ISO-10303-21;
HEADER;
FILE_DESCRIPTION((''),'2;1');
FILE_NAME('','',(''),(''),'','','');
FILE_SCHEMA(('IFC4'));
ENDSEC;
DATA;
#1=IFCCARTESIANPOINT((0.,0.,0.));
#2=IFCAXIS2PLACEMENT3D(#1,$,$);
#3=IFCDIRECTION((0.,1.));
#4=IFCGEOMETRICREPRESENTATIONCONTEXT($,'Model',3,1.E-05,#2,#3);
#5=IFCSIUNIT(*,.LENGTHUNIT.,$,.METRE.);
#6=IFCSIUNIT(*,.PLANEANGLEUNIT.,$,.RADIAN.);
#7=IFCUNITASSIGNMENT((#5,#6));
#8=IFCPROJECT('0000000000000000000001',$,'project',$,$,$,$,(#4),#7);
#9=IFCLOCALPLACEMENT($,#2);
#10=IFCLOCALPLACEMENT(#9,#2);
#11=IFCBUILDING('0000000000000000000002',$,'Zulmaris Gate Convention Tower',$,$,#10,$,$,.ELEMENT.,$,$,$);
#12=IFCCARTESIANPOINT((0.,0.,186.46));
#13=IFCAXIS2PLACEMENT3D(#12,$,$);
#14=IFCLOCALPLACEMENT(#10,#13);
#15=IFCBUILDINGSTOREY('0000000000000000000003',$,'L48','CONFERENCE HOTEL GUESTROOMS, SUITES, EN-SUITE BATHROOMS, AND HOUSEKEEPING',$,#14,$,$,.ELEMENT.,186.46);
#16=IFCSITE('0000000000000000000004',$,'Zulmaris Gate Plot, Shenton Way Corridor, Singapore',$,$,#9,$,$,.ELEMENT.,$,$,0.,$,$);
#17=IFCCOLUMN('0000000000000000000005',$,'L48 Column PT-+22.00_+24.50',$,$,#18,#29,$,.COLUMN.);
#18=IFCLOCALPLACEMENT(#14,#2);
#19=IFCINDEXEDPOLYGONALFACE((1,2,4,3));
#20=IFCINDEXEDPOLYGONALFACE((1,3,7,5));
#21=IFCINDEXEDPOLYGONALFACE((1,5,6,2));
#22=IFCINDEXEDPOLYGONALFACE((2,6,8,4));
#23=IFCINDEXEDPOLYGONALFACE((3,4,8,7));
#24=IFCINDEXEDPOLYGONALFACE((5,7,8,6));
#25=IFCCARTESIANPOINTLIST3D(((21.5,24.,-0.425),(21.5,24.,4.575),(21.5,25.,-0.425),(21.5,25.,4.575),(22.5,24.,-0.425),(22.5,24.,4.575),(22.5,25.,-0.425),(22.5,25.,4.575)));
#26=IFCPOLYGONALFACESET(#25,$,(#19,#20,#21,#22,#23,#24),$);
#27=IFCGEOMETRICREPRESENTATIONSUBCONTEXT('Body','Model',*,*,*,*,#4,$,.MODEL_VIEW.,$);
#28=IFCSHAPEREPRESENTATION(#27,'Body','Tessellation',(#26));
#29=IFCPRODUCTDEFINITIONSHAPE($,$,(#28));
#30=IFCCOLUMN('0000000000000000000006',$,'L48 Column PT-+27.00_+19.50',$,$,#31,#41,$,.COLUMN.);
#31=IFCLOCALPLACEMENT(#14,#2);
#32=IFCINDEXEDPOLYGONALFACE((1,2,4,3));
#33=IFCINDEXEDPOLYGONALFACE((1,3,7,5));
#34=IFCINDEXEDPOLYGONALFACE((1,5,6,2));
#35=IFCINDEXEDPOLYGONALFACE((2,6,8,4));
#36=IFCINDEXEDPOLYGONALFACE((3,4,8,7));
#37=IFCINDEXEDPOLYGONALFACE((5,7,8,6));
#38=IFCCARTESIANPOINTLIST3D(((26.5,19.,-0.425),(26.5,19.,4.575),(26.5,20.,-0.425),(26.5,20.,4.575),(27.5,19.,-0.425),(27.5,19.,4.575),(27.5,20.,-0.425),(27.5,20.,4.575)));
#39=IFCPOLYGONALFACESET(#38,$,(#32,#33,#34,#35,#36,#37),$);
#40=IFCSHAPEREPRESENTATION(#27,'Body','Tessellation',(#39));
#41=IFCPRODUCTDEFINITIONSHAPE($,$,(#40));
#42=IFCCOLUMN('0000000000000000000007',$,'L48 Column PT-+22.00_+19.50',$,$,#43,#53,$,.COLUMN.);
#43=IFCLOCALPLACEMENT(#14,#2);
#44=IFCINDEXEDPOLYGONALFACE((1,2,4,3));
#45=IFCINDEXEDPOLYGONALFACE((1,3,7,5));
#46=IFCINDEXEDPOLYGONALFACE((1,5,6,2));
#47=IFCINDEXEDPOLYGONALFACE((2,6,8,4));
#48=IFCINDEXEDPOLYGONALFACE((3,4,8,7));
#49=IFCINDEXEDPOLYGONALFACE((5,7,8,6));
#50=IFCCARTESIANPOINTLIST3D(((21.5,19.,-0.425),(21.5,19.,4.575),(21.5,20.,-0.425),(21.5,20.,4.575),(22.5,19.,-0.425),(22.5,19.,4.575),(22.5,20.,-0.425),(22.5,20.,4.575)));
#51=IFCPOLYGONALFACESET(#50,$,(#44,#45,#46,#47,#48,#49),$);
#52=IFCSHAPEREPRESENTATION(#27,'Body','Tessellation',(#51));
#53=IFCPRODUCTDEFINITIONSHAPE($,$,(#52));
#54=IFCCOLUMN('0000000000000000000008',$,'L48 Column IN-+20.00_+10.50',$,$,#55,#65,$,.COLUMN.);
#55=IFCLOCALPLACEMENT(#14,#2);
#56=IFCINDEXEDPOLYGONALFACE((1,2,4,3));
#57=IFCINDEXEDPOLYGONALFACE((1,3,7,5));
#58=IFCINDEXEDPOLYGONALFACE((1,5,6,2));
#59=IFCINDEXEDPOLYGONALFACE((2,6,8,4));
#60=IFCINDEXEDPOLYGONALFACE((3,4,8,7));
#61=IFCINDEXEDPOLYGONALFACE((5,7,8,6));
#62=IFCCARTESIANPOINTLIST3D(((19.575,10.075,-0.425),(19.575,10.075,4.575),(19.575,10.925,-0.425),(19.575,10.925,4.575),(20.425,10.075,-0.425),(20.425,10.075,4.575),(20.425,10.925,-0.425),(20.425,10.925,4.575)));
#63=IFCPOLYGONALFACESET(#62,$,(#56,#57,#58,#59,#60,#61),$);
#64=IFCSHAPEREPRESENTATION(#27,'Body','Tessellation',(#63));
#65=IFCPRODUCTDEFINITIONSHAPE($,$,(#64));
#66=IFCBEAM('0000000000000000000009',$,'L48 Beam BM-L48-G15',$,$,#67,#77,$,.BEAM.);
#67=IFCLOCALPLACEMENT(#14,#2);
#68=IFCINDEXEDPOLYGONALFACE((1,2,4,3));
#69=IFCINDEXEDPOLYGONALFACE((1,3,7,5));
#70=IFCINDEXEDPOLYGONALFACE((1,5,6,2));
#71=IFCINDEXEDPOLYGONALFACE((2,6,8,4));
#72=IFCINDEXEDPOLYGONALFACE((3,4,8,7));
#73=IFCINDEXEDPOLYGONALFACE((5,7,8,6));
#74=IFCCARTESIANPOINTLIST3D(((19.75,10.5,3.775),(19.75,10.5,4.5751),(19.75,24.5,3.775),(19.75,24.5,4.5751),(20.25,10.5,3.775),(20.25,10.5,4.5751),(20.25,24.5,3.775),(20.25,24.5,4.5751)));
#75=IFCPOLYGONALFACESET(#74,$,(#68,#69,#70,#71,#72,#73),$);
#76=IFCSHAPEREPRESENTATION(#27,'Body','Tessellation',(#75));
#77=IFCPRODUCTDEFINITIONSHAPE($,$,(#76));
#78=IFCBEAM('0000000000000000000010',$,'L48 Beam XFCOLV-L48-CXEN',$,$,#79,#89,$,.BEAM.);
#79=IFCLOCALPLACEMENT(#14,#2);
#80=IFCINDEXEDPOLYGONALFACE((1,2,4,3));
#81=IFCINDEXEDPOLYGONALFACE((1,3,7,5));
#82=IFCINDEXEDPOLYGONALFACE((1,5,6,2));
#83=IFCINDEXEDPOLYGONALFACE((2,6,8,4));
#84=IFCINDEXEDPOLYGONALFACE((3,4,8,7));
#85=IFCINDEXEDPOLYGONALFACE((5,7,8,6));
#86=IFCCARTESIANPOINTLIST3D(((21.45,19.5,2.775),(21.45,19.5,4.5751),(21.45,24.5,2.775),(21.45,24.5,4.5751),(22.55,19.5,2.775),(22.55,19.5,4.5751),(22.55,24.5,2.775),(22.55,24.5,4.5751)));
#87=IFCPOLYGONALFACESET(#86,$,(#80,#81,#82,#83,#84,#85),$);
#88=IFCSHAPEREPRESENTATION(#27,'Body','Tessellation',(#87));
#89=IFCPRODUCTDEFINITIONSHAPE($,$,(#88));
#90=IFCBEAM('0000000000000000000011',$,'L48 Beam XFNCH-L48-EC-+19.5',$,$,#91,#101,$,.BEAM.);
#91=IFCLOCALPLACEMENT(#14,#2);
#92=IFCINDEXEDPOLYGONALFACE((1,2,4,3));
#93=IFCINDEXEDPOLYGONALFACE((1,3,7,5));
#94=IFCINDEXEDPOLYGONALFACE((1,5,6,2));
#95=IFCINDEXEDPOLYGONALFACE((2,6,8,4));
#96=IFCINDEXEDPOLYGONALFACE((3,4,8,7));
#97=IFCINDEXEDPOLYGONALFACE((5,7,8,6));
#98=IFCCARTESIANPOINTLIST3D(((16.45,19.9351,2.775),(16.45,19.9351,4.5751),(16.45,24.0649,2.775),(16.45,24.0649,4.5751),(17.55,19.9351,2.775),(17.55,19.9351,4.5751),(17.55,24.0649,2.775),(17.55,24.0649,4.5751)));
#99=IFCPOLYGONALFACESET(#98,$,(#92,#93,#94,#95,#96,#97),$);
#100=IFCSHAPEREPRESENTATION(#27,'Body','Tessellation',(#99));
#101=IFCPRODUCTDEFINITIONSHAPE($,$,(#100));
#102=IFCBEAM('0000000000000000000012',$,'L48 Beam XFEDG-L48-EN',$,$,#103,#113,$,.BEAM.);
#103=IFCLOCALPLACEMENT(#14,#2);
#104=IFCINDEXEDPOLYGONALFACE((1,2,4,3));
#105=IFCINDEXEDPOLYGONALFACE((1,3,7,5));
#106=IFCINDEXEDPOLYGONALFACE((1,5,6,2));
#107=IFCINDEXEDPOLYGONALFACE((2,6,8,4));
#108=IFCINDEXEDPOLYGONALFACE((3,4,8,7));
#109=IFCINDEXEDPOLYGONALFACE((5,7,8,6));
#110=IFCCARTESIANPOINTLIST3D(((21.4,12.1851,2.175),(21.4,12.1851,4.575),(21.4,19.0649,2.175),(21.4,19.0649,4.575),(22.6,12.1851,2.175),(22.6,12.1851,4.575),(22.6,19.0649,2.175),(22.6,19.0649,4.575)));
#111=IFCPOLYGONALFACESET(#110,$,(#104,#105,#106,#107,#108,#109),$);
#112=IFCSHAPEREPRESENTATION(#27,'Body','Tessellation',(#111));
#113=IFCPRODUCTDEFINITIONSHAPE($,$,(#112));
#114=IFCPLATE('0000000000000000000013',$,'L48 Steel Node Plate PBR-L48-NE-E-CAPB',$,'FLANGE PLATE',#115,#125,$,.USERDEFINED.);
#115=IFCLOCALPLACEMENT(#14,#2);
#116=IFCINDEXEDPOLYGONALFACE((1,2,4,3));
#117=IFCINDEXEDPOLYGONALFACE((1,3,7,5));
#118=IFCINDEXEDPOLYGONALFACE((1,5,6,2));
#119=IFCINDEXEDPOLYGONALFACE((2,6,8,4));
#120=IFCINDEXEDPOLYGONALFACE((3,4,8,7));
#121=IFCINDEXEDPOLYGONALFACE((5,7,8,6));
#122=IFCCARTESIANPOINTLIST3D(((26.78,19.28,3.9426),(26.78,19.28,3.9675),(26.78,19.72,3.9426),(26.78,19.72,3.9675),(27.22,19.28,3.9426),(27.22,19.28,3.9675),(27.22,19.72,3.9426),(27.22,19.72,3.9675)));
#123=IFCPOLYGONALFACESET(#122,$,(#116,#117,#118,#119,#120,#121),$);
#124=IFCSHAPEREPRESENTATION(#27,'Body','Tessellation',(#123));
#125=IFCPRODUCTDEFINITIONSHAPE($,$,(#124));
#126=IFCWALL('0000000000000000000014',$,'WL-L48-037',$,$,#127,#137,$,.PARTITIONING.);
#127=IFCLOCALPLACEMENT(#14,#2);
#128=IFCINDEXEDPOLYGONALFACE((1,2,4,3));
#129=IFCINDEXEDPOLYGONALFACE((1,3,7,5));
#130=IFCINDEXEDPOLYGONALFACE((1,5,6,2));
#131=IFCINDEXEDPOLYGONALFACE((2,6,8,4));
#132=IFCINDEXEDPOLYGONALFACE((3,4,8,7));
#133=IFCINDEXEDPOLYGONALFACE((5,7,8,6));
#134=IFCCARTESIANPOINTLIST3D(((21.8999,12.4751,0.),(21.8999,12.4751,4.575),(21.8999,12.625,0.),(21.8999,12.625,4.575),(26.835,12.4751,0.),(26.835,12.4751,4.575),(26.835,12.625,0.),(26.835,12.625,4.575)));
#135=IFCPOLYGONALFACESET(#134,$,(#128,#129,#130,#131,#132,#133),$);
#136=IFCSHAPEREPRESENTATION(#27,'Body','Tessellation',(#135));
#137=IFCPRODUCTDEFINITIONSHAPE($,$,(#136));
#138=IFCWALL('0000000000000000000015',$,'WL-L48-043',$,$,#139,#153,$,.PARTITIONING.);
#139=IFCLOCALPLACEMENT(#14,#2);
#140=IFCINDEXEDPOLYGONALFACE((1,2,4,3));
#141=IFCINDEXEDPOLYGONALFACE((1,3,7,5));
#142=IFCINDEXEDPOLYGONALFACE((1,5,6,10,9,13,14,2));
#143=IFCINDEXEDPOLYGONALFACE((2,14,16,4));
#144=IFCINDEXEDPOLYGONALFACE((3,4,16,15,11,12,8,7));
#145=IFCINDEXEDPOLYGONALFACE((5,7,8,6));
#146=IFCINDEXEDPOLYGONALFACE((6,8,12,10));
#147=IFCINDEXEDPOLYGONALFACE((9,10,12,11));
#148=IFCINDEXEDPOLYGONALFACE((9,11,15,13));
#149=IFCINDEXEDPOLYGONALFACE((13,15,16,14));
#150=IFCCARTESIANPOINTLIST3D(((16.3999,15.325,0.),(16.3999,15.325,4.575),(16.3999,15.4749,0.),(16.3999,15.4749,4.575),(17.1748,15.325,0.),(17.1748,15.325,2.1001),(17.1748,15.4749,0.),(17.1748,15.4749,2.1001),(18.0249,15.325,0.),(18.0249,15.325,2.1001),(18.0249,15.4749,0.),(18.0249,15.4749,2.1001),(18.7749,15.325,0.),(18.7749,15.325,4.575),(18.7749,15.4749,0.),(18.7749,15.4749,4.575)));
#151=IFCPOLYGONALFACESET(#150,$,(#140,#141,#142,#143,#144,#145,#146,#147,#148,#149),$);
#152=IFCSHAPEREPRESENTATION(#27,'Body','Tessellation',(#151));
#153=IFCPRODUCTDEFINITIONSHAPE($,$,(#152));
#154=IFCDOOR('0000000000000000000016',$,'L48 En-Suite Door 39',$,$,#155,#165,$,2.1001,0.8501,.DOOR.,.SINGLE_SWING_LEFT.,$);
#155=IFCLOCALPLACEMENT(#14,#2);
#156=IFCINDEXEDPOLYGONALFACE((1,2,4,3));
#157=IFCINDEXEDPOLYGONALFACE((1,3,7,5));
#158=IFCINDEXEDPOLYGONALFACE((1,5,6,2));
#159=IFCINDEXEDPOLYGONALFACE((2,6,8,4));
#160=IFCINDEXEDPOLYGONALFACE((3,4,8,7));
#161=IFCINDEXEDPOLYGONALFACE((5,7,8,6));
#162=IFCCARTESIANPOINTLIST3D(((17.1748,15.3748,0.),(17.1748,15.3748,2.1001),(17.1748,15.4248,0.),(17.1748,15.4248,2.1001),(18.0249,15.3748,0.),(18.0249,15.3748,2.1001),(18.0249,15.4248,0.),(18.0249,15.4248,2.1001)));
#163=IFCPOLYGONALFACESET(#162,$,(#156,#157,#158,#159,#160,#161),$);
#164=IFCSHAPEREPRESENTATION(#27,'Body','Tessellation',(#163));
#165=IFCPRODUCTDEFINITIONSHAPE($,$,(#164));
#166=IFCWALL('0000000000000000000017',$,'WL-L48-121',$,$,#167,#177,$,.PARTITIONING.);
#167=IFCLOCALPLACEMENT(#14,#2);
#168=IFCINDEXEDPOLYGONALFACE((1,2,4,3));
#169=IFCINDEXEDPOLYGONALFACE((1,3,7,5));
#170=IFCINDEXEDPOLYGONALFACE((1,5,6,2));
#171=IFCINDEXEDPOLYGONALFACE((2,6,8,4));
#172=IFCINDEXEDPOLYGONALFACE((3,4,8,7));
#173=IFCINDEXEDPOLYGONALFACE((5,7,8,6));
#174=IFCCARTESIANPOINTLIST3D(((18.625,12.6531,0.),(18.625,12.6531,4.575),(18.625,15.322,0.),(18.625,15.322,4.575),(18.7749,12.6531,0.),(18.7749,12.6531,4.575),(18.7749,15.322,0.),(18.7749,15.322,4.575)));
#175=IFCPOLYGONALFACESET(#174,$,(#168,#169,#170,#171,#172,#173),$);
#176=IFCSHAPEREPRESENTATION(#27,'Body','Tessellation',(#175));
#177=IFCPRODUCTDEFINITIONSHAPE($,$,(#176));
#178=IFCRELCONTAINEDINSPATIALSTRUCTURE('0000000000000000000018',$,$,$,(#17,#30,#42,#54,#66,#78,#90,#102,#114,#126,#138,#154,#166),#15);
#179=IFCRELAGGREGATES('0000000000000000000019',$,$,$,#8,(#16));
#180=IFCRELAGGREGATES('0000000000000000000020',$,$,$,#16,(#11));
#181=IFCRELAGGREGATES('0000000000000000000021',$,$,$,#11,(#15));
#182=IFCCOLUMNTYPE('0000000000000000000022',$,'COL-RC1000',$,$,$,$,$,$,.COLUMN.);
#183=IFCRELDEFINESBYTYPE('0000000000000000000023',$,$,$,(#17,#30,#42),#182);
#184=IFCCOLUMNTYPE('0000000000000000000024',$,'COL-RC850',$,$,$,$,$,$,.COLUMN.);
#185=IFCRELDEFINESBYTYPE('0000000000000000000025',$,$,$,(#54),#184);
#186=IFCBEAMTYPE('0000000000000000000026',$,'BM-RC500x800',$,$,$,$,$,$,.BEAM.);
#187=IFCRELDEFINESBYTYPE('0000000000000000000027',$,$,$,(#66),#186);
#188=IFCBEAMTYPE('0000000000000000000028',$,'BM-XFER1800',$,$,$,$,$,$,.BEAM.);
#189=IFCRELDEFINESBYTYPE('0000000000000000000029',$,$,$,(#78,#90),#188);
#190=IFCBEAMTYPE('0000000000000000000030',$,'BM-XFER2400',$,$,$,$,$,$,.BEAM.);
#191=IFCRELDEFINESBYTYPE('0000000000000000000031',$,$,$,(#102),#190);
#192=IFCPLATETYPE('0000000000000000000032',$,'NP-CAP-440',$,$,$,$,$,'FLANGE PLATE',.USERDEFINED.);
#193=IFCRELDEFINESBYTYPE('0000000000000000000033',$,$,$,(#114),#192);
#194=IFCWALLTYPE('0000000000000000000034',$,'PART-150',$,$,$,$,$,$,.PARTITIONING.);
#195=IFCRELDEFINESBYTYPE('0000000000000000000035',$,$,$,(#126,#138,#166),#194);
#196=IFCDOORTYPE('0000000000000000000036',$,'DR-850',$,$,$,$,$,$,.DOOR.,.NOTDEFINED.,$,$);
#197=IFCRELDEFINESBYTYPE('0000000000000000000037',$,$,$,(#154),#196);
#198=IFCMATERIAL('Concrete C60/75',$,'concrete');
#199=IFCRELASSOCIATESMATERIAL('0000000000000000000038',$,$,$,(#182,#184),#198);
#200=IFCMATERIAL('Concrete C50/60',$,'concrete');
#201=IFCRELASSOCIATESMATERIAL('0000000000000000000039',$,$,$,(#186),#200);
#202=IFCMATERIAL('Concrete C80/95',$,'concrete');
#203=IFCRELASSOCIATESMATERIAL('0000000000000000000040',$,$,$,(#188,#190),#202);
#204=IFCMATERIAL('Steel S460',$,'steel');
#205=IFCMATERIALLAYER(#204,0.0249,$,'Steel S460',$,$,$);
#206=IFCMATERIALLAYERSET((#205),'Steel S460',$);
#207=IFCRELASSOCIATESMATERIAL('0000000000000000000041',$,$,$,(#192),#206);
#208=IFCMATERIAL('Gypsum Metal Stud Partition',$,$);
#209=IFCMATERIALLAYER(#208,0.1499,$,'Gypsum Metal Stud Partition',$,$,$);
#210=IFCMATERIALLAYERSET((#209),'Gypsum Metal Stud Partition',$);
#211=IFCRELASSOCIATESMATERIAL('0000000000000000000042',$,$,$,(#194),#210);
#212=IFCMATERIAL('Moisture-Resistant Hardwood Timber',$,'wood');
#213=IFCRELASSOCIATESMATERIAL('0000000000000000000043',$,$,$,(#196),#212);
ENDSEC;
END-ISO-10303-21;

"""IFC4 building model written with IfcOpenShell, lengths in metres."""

from ifc_helpers import new_model, si_unit, direction, frame, frame_2d, origin, origin_2d, place, context, subcontext, project, spatial, rectangle, extrude, material, layer, layer_set, material_profile, profile_set, type_object, element, fill, save


model = new_model("IFC4")

# Units and contexts
model_context = context("Model", 3, precision=1e-05, world=origin(), true_north=direction((0.0, 1.0)))
body_context = subcontext(model_context, "Body", "Model", "MODEL_VIEW")
ifc_project = project(units=[si_unit("LENGTHUNIT", "METRE"), si_unit("PLANEANGLEUNIT", "RADIAN")], contexts=[model_context])

# Site, building, storey
site_placement = place(None, origin())
site = spatial("IfcSite", under=ifc_project, at=site_placement, Name="Zulmaris Gate Plot, Shenton Way Corridor, Singapore", CompositionType="ELEMENT", RefElevation=0.0)
building_placement = place(site_placement, origin())
building = spatial("IfcBuilding", under=site, at=building_placement, Name="Zulmaris Gate Convention Tower", CompositionType="ELEMENT")
storey_placement = place(building_placement, frame((0.0, 0.0, 186.46)))
storey = spatial("IfcBuildingStorey", under=building, at=storey_placement, Name="L48", Description="CONFERENCE HOTEL GUESTROOMS, SUITES, EN-SUITE BATHROOMS, AND HOUSEKEEPING", CompositionType="ELEMENT", Elevation=186.46)

# Columns
ifc_material_1 = material(Name="Concrete C60/75", Category="concrete")
ifc_material_profile_1 = material_profile(ifc_material_1, rectangle(XDim=1.0, YDim=1.0, at=origin_2d()), Name="RC COL 1000x1000")
ifc_profile_set_1 = profile_set([ifc_material_profile_1], Name="Concrete C60/75")
column_type_1 = type_object("IfcColumnType", Name="COL-RC1000", PredefinedType="COLUMN", material=ifc_profile_set_1)
for number, where, z_axis, x_axis, name in (
    (1, (22.0, 24.5, -0.425), (0.0, 0.0, 1.0), (1.0, 0.0, 0.0), "L48 Column PT-+22.00_+24.50"),
    (2, (27.0, 19.5, -0.425), (0.0, 0.0, 1.0), (1.0, 0.0, 0.0), "L48 Column PT-+27.00_+19.50"),
    (3, (22.0, 19.5, -0.425), (0.0, 0.0, 1.0), (1.0, 0.0, 0.0), "L48 Column PT-+22.00_+19.50"),
):
    element("IfcColumn", number, at=place(storey_placement, frame(where, z_axis=z_axis, x_axis=x_axis)), inside=storey, type_object=column_type_1, Name=name, PredefinedType="COLUMN", context=body_context, shape_type="SweptSolid", body=[
        extrude(rectangle(XDim=1.0, YDim=1.0, at=origin_2d()), origin(), (0.0, 0.0, 1.0), 5.0),
    ])
ifc_material_profile_2 = material_profile(ifc_material_1, rectangle(XDim=0.8501, YDim=0.8501, at=origin_2d()), Name="RC COL 850x850")
ifc_profile_set_2 = profile_set([ifc_material_profile_2], Name="Concrete C60/75")
column_type_2 = type_object("IfcColumnType", Name="COL-RC850", PredefinedType="COLUMN", material=ifc_profile_set_2)
column_placement = place(storey_placement, frame((20.0, 10.5, -0.425), z_axis=(0.0, 0.0, 1.0), x_axis=(1.0, 0.0, 0.0)))
element("IfcColumn", 4, at=column_placement, inside=storey, type_object=column_type_2, Name="L48 Column IN-+20.00_+10.50", PredefinedType="COLUMN", context=body_context, shape_type="SweptSolid", body=[
    extrude(rectangle(XDim=0.8501, YDim=0.8501, at=origin_2d()), origin(), (0.0, 0.0, 1.0), 5.0),
])

# Beams
ifc_material_2 = material(Name="Concrete C50/60", Category="concrete")
ifc_material_profile_3 = material_profile(ifc_material_2, rectangle(XDim=0.5, YDim=0.8, at=origin_2d()), Name="RC BEAM 500x800")
ifc_profile_set_3 = profile_set([ifc_material_profile_3], Name="Concrete C50/60")
beam_type_1 = type_object("IfcBeamType", Name="BM-RC500x800", PredefinedType="BEAM", material=ifc_profile_set_3)
beam_1_placement = place(storey_placement, frame((20.0, 10.5, 4.175), z_axis=(0.0, 1.0, 0.0), x_axis=(-1.0, 0.0, 0.0)))
element("IfcBeam", 5, at=beam_1_placement, inside=storey, type_object=beam_type_1, Name="L48 Beam BM-L48-G15", PredefinedType="BEAM", context=body_context, shape_type="SweptSolid", body=[
    extrude(rectangle(XDim=0.5, YDim=0.8, at=origin_2d()), origin(), (0.0, 0.0, 1.0), 14.0),
])
ifc_material_3 = material(Name="Concrete C80/95", Category="concrete")
ifc_material_profile_4 = material_profile(ifc_material_3, rectangle(XDim=1.1001, YDim=1.8, at=origin_2d()), Name="RC TRANSFER 1100x1800")
ifc_profile_set_4 = profile_set([ifc_material_profile_4], Name="Concrete C80/95")
beam_type_2 = type_object("IfcBeamType", Name="BM-XFER1800", PredefinedType="BEAM", material=ifc_profile_set_4)
beam_2_placement = place(storey_placement, frame((22.0, 19.5, 3.675), z_axis=(0.0, 1.0, 0.0), x_axis=(-1.0, 0.0, 0.0)))
element("IfcBeam", 6, at=beam_2_placement, inside=storey, type_object=beam_type_2, Name="L48 Beam XFCOLV-L48-CXEN", PredefinedType="BEAM", context=body_context, shape_type="SweptSolid", body=[
    extrude(rectangle(XDim=1.1001, YDim=1.8, at=origin_2d()), origin(), (0.0, 0.0, 1.0), 5.0),
])
beam_3_placement = place(storey_placement, frame((17.0, 19.9351, 3.675), z_axis=(0.0, 1.0, 0.0), x_axis=(-1.0, 0.0, 0.0)))
element("IfcBeam", 7, at=beam_3_placement, inside=storey, type_object=beam_type_2, Name="L48 Beam XFNCH-L48-EC-+19.5", PredefinedType="BEAM", context=body_context, shape_type="SweptSolid", body=[
    extrude(rectangle(XDim=1.1001, YDim=1.8, at=origin_2d()), origin(), (0.0, 0.0, 1.0), 4.1299),
])
ifc_material_profile_5 = material_profile(ifc_material_3, rectangle(XDim=1.2, YDim=2.3999, at=origin_2d()), Name="RC TRANSFER 1200x2400")
ifc_profile_set_5 = profile_set([ifc_material_profile_5], Name="Concrete C80/95")
beam_type_3 = type_object("IfcBeamType", Name="BM-XFER2400", PredefinedType="BEAM", material=ifc_profile_set_5)
beam_4_placement = place(storey_placement, frame((22.0, 12.1851, 3.375), z_axis=(0.0, 1.0, 0.0), x_axis=(-1.0, 0.0, 0.0)))
element("IfcBeam", 8, at=beam_4_placement, inside=storey, type_object=beam_type_3, Name="L48 Beam XFEDG-L48-EN", PredefinedType="BEAM", context=body_context, shape_type="SweptSolid", body=[
    extrude(rectangle(XDim=1.2, YDim=2.3999, at=origin_2d()), origin(), (0.0, 0.0, 1.0), 6.8799),
])

# Plate
ifc_material_4 = material(Name="Steel S460", Category="steel")
ifc_layer_1 = layer(ifc_material_4, 0.0249, Name="Steel S460")
ifc_layer_set_1 = layer_set([ifc_layer_1], Name="Steel S460")
plate_type = type_object("IfcPlateType", Name="NP-CAP-440", ElementType="FLANGE PLATE", PredefinedType="USERDEFINED", material=ifc_layer_set_1)
plate_placement = place(storey_placement, frame((27.0, 19.5, 3.9426), z_axis=(0.0, 0.0, 1.0), x_axis=(1.0, 0.0, 0.0)))
element("IfcPlate", 9, at=plate_placement, inside=storey, type_object=plate_type, Name="L48 Steel Node Plate PBR-L48-NE-E-CAPB", ObjectType="FLANGE PLATE", PredefinedType="USERDEFINED", context=body_context, shape_type="SweptSolid", body=[
    extrude(rectangle(XDim=0.4399, YDim=0.4399, at=origin_2d()), origin(), (0.0, 0.0, 1.0), 0.0249),
])

# Wall
ifc_material_5 = material(Name="Gypsum Metal Stud Partition")
ifc_layer_2 = layer(ifc_material_5, 0.1499, Name="Gypsum Metal Stud Partition")
ifc_layer_set_2 = layer_set([ifc_layer_2], Name="Gypsum Metal Stud Partition")
wall_type_1 = type_object("IfcWallType", Name="PART-150", PredefinedType="PARTITIONING", material=ifc_layer_set_2)
wall_1_placement = place(storey_placement, frame((21.8999, 12.55, 0.0), z_axis=(0.0, 0.0, 1.0), x_axis=(1.0, 0.0, 0.0)))
element("IfcWall", 10, at=wall_1_placement, inside=storey, type_object=wall_type_1, Name="WL-L48-037", PredefinedType="PARTITIONING", context=body_context, shape_type="SweptSolid", body=[
    extrude(rectangle(XDim=4.9351, YDim=0.1499, at=frame_2d((2.4675, 0.0))), origin(), (0.0, 0.0, 1.0), 4.575),
])

# Wall, opening, door
wall_2_placement = place(storey_placement, frame((16.3999, 15.3999, 0.0), z_axis=(0.0, 0.0, 1.0), x_axis=(1.0, 0.0, 0.0)))
wall_2 = element("IfcWall", 11, at=wall_2_placement, inside=storey, type_object=wall_type_1, Name="WL-L48-043", PredefinedType="PARTITIONING", context=body_context, shape_type="SweptSolid", body=[
    extrude(rectangle(XDim=2.375, YDim=0.1499, at=frame_2d((1.1875, 0.0))), origin(), (0.0, 0.0, 1.0), 4.575),
])
opening_1_placement = place(wall_2_placement, frame((0.7749, 0.0, 0.0)))
opening_1 = element("IfcOpeningElement", 12, at=opening_1_placement, cuts=wall_2, PredefinedType="OPENING", context=body_context, shape_type="SweptSolid", body=[
    extrude(rectangle(XDim=0.8501, YDim=2.1001, at=frame_2d((0.425, 1.05))), frame((0.0, 0.085, 0.0), z_axis=(0.0, -1.0, 0.0), x_axis=(1.0, 0.0, 0.0)), (0.0, 0.0, 1.0), 0.1699),
])
ifc_material_6 = material(Name="Moisture-Resistant Hardwood Timber", Category="wood")
door_type_1 = type_object("IfcDoorType", Name="DR-850", OperationType="NOTDEFINED", PredefinedType="DOOR", material=ifc_material_6)
door_1_placement = place(opening_1_placement, origin())
door_1 = element("IfcDoor", 13, at=door_1_placement, inside=storey, type_object=door_type_1, Name="L48 En-Suite Door 39", OperationType="SINGLE_SWING_LEFT", OverallHeight=2.1001, OverallWidth=0.8501, PredefinedType="DOOR", context=body_context, shape_type="SweptSolid", body=[
    extrude(rectangle(XDim=0.8501, YDim=2.1001, at=frame_2d((0.425, 1.05))), frame((0.0, 0.0249, 0.0), z_axis=(0.0, -1.0, 0.0), x_axis=(1.0, 0.0, 0.0)), (0.0, 0.0, 1.0), 0.05),
])
fill(opening_1, door_1)

# Wall
wall_3_placement = place(storey_placement, frame((18.7, 12.6531, 0.0), z_axis=(0.0, 0.0, 1.0), x_axis=(0.0, 1.0, 0.0)))
element("IfcWall", 14, at=wall_3_placement, inside=storey, type_object=wall_type_1, Name="WL-L48-121", PredefinedType="PARTITIONING", context=body_context, shape_type="SweptSolid", body=[
    extrude(rectangle(XDim=2.6689, YDim=0.1499, at=frame_2d((1.3345, 0.0))), origin(), (0.0, 0.0, 1.0), 4.575),
])

save(model, "model.ifc")
